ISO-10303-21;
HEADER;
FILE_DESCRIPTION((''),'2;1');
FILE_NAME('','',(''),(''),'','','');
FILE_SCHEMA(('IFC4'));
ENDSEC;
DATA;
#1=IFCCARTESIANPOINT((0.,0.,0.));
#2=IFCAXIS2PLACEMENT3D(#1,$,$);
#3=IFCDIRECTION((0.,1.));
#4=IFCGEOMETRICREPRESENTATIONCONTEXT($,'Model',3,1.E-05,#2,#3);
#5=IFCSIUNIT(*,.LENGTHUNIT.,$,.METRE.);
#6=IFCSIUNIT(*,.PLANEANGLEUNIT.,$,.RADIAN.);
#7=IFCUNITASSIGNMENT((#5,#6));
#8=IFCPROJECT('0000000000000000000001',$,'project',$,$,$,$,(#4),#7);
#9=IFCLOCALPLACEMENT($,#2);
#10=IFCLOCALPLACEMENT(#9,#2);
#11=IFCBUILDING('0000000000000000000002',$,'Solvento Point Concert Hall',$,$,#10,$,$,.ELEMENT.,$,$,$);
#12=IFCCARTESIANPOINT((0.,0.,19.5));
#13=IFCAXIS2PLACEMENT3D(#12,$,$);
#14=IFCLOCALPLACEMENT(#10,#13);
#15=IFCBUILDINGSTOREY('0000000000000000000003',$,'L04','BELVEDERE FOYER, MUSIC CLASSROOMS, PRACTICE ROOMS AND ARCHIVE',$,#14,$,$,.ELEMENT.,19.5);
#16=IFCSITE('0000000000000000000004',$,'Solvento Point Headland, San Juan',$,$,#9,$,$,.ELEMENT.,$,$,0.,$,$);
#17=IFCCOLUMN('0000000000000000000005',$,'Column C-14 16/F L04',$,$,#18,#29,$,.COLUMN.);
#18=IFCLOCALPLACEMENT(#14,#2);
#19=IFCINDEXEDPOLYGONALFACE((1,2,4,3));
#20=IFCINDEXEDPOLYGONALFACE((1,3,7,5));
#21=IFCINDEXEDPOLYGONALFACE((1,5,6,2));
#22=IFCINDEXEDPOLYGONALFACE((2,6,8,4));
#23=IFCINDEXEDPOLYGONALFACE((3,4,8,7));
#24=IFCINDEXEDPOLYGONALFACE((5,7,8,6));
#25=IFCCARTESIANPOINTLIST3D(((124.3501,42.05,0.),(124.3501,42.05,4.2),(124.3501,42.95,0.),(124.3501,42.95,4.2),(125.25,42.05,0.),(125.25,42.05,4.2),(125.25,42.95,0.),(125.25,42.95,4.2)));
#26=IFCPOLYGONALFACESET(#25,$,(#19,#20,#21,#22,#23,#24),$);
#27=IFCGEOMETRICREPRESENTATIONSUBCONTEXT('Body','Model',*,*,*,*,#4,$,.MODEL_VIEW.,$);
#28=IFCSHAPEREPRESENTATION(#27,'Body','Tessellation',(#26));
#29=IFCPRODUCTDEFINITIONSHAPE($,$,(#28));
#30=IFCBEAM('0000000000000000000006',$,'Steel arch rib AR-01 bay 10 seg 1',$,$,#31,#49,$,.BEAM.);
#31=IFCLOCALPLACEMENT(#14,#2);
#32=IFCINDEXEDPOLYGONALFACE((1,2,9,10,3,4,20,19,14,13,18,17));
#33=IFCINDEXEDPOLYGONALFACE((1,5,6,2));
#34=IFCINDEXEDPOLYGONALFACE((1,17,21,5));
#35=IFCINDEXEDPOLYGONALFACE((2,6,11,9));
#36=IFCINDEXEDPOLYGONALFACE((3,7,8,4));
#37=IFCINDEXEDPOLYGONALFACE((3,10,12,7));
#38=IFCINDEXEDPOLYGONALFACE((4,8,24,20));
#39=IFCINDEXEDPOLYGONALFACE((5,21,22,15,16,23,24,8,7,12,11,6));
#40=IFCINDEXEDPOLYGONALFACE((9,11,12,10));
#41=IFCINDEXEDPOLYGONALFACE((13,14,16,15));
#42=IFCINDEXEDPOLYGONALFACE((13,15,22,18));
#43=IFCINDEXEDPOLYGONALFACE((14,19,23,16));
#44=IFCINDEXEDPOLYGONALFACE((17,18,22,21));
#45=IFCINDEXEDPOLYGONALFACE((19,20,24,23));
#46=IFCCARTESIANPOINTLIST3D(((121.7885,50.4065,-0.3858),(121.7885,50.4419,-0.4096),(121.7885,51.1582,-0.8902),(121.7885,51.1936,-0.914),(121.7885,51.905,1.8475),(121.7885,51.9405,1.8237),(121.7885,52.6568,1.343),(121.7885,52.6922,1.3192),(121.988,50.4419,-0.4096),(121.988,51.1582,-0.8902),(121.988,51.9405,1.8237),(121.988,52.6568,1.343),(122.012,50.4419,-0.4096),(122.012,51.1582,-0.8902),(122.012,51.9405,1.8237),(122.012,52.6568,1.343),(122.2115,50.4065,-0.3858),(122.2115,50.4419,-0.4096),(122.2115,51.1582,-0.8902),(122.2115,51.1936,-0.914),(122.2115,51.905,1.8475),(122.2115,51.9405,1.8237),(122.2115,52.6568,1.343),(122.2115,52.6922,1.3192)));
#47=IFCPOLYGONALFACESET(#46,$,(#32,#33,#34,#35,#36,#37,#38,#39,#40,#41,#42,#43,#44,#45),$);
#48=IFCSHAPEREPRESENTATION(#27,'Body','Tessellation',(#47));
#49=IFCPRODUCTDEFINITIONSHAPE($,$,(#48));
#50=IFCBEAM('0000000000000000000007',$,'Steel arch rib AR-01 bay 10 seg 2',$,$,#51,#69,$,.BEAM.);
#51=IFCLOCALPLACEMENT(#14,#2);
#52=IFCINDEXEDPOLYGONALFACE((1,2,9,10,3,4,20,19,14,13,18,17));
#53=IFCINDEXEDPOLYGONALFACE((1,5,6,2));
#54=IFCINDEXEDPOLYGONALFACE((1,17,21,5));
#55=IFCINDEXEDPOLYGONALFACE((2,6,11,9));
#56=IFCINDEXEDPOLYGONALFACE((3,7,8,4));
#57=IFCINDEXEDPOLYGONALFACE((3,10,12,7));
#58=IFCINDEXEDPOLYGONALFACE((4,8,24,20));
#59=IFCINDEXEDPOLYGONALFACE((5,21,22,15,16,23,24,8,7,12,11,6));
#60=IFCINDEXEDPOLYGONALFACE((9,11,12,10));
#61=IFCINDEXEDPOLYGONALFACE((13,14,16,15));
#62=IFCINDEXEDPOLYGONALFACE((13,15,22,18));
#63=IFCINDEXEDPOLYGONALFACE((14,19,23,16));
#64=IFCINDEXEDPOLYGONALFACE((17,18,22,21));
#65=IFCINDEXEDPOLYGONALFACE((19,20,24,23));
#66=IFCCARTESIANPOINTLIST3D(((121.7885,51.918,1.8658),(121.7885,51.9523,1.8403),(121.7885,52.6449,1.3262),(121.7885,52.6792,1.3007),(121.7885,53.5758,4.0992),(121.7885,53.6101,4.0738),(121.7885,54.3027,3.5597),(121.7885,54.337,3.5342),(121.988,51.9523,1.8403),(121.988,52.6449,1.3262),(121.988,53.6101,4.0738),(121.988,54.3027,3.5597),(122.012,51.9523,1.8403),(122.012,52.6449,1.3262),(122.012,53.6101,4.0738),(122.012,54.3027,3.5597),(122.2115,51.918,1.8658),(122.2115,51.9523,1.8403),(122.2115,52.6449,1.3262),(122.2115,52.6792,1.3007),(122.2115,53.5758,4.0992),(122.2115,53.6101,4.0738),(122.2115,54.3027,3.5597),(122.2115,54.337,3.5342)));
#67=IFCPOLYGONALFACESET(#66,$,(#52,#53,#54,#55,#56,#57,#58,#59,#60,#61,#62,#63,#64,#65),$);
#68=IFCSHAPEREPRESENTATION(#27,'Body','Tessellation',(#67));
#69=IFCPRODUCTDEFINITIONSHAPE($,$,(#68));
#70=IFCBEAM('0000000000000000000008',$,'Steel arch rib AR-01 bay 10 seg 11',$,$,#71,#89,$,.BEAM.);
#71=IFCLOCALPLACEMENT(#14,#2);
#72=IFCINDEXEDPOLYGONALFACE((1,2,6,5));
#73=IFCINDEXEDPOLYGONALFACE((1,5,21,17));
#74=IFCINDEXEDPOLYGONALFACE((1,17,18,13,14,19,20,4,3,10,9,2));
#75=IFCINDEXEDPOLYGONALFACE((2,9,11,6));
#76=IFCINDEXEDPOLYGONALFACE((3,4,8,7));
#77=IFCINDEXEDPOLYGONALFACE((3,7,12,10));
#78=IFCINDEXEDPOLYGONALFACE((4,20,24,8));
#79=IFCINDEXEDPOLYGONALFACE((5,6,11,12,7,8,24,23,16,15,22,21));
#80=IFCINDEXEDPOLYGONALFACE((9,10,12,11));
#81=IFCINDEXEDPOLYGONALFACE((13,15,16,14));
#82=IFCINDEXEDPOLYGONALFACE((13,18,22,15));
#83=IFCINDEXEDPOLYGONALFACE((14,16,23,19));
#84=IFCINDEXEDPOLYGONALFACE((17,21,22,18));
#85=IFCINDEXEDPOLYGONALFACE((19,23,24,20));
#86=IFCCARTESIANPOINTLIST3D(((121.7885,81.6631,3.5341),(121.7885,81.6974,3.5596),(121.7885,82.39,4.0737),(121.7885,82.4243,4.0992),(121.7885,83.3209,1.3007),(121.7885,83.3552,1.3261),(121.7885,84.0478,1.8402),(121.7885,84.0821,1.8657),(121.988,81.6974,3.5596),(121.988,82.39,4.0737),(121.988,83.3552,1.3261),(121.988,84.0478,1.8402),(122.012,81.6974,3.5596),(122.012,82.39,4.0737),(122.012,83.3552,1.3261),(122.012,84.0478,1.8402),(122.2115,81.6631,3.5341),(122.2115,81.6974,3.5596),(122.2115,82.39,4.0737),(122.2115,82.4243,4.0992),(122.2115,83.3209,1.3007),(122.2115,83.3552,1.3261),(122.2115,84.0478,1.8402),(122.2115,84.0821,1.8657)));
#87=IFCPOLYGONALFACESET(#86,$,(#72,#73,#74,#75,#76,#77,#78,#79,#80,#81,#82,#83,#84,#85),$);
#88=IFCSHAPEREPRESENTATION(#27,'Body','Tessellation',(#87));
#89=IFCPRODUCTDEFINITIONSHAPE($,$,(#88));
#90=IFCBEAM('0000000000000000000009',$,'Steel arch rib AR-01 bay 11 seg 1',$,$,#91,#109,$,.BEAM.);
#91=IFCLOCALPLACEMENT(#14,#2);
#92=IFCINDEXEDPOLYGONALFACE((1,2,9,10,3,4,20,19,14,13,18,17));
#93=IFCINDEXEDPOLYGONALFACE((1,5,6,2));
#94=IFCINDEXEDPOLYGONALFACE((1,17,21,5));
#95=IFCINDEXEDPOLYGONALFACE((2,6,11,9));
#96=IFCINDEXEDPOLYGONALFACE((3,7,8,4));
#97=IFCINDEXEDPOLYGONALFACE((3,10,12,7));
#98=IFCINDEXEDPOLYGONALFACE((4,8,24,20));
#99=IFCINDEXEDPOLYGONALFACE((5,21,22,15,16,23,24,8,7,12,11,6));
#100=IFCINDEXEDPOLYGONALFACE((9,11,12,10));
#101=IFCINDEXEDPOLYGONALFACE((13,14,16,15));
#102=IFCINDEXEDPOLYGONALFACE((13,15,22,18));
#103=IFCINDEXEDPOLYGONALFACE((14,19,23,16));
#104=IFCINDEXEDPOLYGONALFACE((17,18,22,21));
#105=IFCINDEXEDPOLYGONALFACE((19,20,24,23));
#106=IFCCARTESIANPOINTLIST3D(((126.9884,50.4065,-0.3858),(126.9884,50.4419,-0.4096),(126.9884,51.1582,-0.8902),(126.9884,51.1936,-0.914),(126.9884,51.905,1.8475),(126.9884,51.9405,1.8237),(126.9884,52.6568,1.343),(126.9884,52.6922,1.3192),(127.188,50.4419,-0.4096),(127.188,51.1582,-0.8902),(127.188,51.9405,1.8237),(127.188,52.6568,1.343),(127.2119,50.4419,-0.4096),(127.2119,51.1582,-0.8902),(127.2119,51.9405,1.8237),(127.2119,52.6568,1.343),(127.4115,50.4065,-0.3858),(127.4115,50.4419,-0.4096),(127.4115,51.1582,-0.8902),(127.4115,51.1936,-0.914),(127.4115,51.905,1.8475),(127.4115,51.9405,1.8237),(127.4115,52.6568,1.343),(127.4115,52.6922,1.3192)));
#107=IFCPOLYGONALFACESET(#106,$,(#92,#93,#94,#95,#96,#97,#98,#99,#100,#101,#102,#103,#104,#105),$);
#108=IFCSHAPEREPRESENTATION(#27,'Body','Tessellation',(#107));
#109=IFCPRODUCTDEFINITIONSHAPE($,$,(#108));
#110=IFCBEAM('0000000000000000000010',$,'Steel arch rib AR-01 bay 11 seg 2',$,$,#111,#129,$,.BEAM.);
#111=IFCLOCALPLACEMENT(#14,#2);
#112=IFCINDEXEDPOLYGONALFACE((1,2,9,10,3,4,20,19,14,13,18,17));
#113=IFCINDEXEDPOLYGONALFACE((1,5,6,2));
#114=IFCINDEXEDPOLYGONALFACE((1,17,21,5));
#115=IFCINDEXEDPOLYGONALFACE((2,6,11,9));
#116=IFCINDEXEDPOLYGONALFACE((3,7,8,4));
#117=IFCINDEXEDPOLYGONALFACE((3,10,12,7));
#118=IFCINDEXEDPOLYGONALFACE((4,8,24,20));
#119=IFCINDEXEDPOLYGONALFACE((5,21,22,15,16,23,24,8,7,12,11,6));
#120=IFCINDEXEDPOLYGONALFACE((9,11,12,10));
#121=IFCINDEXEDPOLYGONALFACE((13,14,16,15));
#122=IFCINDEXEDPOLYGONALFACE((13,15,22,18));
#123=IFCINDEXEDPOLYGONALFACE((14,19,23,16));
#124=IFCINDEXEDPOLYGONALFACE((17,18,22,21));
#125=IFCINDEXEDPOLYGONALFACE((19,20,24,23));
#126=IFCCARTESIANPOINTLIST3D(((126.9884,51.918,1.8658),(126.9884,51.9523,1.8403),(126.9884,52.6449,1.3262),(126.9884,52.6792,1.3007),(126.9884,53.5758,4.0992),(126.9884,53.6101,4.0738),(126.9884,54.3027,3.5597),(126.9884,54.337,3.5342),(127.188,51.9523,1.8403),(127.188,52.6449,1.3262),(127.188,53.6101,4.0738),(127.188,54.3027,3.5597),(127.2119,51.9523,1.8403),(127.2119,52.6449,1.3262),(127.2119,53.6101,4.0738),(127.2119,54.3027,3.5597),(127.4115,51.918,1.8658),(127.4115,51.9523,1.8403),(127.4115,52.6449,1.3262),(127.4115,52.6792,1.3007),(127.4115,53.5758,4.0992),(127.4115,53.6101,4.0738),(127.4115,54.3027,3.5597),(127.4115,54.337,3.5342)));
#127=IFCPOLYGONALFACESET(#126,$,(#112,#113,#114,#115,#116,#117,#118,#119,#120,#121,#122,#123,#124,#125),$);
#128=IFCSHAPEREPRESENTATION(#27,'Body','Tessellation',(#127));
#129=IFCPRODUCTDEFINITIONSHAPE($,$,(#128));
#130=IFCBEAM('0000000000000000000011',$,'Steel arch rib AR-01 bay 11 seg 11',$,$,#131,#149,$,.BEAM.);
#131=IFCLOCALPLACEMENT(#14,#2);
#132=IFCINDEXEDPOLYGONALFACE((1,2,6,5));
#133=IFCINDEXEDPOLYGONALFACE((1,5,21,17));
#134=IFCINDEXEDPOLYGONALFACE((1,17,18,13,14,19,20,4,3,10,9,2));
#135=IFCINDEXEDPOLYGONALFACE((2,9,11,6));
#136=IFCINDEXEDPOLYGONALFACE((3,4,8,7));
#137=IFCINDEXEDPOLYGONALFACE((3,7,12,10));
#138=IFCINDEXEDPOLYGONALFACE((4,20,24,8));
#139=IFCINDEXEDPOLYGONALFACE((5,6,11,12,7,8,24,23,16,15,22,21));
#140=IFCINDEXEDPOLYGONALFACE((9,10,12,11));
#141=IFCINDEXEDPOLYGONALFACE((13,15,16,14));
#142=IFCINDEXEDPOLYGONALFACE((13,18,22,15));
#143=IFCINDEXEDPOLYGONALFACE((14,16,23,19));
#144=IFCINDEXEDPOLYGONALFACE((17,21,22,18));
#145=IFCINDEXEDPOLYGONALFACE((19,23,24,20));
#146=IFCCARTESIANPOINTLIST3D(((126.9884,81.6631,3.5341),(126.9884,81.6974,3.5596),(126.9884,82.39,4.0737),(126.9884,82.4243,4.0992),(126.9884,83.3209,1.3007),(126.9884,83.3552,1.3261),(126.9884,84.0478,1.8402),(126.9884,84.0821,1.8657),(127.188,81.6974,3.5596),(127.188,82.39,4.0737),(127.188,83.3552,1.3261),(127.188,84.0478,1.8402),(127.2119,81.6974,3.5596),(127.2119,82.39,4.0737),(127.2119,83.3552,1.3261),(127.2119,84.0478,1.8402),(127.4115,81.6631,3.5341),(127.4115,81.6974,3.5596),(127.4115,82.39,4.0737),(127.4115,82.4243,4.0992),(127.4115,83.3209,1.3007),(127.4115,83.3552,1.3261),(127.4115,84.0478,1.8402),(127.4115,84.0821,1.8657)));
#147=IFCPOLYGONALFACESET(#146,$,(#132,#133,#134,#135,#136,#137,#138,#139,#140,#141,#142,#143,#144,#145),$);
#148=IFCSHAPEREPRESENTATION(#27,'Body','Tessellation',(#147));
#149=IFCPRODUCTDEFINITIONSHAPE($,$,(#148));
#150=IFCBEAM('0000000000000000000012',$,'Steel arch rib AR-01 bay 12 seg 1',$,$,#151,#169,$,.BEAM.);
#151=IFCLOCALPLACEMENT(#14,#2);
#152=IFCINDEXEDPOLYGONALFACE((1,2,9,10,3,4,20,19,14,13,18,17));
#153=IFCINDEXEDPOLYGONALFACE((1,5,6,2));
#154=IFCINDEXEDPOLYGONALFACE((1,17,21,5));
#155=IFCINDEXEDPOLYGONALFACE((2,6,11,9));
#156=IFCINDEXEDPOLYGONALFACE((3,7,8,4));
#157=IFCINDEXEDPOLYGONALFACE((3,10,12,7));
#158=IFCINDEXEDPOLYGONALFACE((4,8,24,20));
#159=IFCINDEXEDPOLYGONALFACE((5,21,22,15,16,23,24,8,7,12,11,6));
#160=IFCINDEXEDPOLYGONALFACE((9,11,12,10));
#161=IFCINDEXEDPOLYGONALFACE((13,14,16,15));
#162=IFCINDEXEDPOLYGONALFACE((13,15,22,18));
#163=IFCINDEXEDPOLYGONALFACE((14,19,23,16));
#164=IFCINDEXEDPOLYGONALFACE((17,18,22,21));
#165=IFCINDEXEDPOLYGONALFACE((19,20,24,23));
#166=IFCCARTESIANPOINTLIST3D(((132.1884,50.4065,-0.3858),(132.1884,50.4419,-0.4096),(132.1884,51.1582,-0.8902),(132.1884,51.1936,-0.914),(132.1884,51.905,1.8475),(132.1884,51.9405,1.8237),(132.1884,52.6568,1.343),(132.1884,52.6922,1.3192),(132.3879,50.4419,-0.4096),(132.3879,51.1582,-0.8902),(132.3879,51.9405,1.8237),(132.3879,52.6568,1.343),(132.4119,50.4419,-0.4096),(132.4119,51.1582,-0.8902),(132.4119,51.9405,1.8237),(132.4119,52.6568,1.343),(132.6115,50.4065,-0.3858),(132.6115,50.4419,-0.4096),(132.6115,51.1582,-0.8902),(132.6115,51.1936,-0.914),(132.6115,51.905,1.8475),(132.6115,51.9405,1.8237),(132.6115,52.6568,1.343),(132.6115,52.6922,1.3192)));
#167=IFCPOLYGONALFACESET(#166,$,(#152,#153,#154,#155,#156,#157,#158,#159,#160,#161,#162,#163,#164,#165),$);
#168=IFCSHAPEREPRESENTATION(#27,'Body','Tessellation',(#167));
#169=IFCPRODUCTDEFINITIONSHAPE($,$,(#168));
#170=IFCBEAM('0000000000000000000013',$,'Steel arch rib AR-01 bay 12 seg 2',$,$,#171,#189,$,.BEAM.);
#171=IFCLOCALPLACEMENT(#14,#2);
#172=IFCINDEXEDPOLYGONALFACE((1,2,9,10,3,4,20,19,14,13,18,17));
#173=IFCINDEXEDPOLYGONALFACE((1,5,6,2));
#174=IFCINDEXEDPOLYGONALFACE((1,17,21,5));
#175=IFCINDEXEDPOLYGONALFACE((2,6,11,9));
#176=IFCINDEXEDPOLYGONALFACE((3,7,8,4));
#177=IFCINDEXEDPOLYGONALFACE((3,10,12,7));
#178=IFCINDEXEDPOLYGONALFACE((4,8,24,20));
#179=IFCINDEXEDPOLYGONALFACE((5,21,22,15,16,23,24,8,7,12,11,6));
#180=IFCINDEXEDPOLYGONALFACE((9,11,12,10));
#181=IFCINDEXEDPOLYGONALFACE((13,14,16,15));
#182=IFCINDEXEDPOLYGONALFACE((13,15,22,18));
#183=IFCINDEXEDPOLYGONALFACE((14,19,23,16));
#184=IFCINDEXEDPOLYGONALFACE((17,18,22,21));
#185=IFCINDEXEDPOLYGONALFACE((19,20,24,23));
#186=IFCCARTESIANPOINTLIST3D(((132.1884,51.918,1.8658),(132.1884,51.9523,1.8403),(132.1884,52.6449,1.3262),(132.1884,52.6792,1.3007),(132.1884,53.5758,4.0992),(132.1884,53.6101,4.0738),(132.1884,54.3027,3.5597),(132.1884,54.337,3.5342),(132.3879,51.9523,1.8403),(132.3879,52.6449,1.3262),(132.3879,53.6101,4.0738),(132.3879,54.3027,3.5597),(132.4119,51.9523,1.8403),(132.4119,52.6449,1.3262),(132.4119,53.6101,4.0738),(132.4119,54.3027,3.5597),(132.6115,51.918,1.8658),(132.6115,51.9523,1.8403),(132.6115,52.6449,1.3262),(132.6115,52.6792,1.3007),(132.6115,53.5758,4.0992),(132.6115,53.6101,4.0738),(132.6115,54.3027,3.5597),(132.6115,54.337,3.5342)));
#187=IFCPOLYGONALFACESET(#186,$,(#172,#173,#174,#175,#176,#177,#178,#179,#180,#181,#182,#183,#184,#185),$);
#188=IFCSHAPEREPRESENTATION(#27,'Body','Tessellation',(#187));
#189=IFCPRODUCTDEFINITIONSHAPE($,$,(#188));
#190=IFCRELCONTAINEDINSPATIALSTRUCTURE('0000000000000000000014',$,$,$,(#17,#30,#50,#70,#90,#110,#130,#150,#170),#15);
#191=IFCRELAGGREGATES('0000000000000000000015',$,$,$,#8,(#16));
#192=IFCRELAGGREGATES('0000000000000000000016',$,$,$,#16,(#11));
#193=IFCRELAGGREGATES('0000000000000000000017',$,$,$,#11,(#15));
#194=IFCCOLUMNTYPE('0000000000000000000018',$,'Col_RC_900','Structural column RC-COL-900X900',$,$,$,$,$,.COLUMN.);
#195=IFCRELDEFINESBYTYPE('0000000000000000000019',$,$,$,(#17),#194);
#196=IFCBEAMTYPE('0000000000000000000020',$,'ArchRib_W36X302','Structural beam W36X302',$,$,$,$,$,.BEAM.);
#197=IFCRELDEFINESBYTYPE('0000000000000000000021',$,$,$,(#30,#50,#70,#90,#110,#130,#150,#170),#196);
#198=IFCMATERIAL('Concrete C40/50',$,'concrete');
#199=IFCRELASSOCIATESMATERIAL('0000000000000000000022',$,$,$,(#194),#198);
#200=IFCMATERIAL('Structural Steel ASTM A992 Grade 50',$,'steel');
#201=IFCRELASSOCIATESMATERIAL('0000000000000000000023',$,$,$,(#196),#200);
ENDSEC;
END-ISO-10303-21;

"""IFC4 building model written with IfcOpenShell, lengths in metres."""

from ifc_helpers import new_model, si_unit, direction, frame, origin, origin_2d, place, context, subcontext, project, spatial, rectangle, i_section, extrude, material, material_profile, profile_set, type_object, element, save


model = new_model("IFC4")

# Units and contexts
model_context = context("Model", 3, precision=1e-05, world=origin(), true_north=direction((0.0, 1.0)))
body_context = subcontext(model_context, "Body", "Model", "MODEL_VIEW")
ifc_project = project(units=[si_unit("LENGTHUNIT", "METRE"), si_unit("PLANEANGLEUNIT", "RADIAN")], contexts=[model_context])

# Site, building, storey
site_placement = place(None, origin())
site = spatial("IfcSite", under=ifc_project, at=site_placement, Name="Solvento Point Headland, San Juan", CompositionType="ELEMENT", RefElevation=0.0)
building_placement = place(site_placement, origin())
building = spatial("IfcBuilding", under=site, at=building_placement, Name="Solvento Point Concert Hall", CompositionType="ELEMENT")
storey_placement = place(building_placement, frame((0.0, 0.0, 19.5)))
storey = spatial("IfcBuildingStorey", under=building, at=storey_placement, Name="L04", Description="BELVEDERE FOYER, MUSIC CLASSROOMS, PRACTICE ROOMS AND ARCHIVE", CompositionType="ELEMENT", Elevation=19.5)

# Column
ifc_material_1 = material(Name="Concrete C40/50", Category="concrete")
ifc_material_profile_1 = material_profile(ifc_material_1, rectangle(XDim=0.8999, YDim=0.8999, at=origin_2d()), Name="RC-COL-900X900")
ifc_profile_set_1 = profile_set([ifc_material_profile_1], Name="Concrete C40/50")
column_type = type_object("IfcColumnType", Name="Col_RC_900", Description="Structural column RC-COL-900X900", PredefinedType="COLUMN", material=ifc_profile_set_1)
column_placement = place(storey_placement, frame((124.8, 42.5, 0.0), z_axis=(0.0, 0.0, 1.0), x_axis=(1.0, 0.0, 0.0)))
element("IfcColumn", 1, at=column_placement, inside=storey, type_object=column_type, Name="Column C-14 16/F L04", PredefinedType="COLUMN", context=body_context, shape_type="SweptSolid", body=[
    extrude(rectangle(XDim=0.8999, YDim=0.8999, at=origin_2d()), origin(), (0.0, 0.0, 1.0), 4.2),
])

# Beams
ifc_material_2 = material(Name="Structural Steel ASTM A992 Grade 50", Category="steel")
ifc_material_profile_2 = material_profile(ifc_material_2, i_section(OverallWidth=0.4231, OverallDepth=0.948, WebThickness=0.0239, FlangeThickness=0.0427, at=origin_2d()), Name="W36X302")
ifc_profile_set_2 = profile_set([ifc_material_profile_2], Name="Structural Steel ASTM A992 Grade 50")
beam_type_1 = type_object("IfcBeamType", Name="ArchRib_W36X302", Description="Structural beam W36X302", PredefinedType="BEAM", material=ifc_profile_set_2)
beam_1_placement = place(storey_placement, frame((122.0, 50.8, -0.6499), z_axis=(0.0, 0.557212, 0.830371), x_axis=(-1.0, 0.0, 0.0)))
element("IfcBeam", 2, at=beam_1_placement, inside=storey, type_object=beam_type_1, Name="Steel arch rib AR-01 bay 10 seg 1", PredefinedType="BEAM", context=body_context, shape_type="SweptSolid", body=[
    extrude(i_section(OverallWidth=0.4231, OverallDepth=0.948, WebThickness=0.0239, FlangeThickness=0.0427, at=origin_2d()), origin(), (0.0, 0.0, 1.0), 2.6895),
])
for number, where, z_axis, x_axis, name in (
    (3, (122.0, 52.2986, 1.5833), (0.0, 0.596004, 0.802981), (-1.0, 0.0, 0.0), "Steel arch rib AR-01 bay 10 seg 2"),
    (4, (122.0, 82.0437, 3.8167), (0.0, 0.596004, -0.802981), (-1.0, 0.0, 0.0), "Steel arch rib AR-01 bay 10 seg 11"),
):
    element("IfcBeam", number, at=place(storey_placement, frame(where, z_axis=z_axis, x_axis=x_axis)), inside=storey, type_object=beam_type_1, Name=name, PredefinedType="BEAM", context=body_context, shape_type="SweptSolid", body=[
        extrude(i_section(OverallWidth=0.4231, OverallDepth=0.948, WebThickness=0.0239, FlangeThickness=0.0427, at=origin_2d()), origin(), (0.0, 0.0, 1.0), 2.7815),
    ])
beam_2_placement = place(storey_placement, frame((127.2, 50.8, -0.6499), z_axis=(0.0, 0.557212, 0.830371), x_axis=(-1.0, 0.0, 0.0)))
element("IfcBeam", 5, at=beam_2_placement, inside=storey, type_object=beam_type_1, Name="Steel arch rib AR-01 bay 11 seg 1", PredefinedType="BEAM", context=body_context, shape_type="SweptSolid", body=[
    extrude(i_section(OverallWidth=0.4231, OverallDepth=0.948, WebThickness=0.0239, FlangeThickness=0.0427, at=origin_2d()), origin(), (0.0, 0.0, 1.0), 2.6895),
])
for number, where, z_axis, x_axis, name in (
    (6, (127.2, 52.2986, 1.5833), (0.0, 0.596004, 0.802981), (-1.0, 0.0, 0.0), "Steel arch rib AR-01 bay 11 seg 2"),
    (7, (127.2, 82.0437, 3.8167), (0.0, 0.596004, -0.802981), (-1.0, 0.0, 0.0), "Steel arch rib AR-01 bay 11 seg 11"),
):
    element("IfcBeam", number, at=place(storey_placement, frame(where, z_axis=z_axis, x_axis=x_axis)), inside=storey, type_object=beam_type_1, Name=name, PredefinedType="BEAM", context=body_context, shape_type="SweptSolid", body=[
        extrude(i_section(OverallWidth=0.4231, OverallDepth=0.948, WebThickness=0.0239, FlangeThickness=0.0427, at=origin_2d()), origin(), (0.0, 0.0, 1.0), 2.7815),
    ])
beam_3_placement = place(storey_placement, frame((132.3999, 50.8, -0.6499), z_axis=(0.0, 0.557212, 0.830371), x_axis=(-1.0, 0.0, 0.0)))
element("IfcBeam", 8, at=beam_3_placement, inside=storey, type_object=beam_type_1, Name="Steel arch rib AR-01 bay 12 seg 1", PredefinedType="BEAM", context=body_context, shape_type="SweptSolid", body=[
    extrude(i_section(OverallWidth=0.4231, OverallDepth=0.948, WebThickness=0.0239, FlangeThickness=0.0427, at=origin_2d()), origin(), (0.0, 0.0, 1.0), 2.6895),
])
beam_4_placement = place(storey_placement, frame((132.3999, 52.2986, 1.5833), z_axis=(0.0, 0.596004, 0.802981), x_axis=(-1.0, 0.0, 0.0)))
element("IfcBeam", 9, at=beam_4_placement, inside=storey, type_object=beam_type_1, Name="Steel arch rib AR-01 bay 12 seg 2", PredefinedType="BEAM", context=body_context, shape_type="SweptSolid", body=[
    extrude(i_section(OverallWidth=0.4231, OverallDepth=0.948, WebThickness=0.0239, FlangeThickness=0.0427, at=origin_2d()), origin(), (0.0, 0.0, 1.0), 2.7815),
])

save(model, "model.ifc")
